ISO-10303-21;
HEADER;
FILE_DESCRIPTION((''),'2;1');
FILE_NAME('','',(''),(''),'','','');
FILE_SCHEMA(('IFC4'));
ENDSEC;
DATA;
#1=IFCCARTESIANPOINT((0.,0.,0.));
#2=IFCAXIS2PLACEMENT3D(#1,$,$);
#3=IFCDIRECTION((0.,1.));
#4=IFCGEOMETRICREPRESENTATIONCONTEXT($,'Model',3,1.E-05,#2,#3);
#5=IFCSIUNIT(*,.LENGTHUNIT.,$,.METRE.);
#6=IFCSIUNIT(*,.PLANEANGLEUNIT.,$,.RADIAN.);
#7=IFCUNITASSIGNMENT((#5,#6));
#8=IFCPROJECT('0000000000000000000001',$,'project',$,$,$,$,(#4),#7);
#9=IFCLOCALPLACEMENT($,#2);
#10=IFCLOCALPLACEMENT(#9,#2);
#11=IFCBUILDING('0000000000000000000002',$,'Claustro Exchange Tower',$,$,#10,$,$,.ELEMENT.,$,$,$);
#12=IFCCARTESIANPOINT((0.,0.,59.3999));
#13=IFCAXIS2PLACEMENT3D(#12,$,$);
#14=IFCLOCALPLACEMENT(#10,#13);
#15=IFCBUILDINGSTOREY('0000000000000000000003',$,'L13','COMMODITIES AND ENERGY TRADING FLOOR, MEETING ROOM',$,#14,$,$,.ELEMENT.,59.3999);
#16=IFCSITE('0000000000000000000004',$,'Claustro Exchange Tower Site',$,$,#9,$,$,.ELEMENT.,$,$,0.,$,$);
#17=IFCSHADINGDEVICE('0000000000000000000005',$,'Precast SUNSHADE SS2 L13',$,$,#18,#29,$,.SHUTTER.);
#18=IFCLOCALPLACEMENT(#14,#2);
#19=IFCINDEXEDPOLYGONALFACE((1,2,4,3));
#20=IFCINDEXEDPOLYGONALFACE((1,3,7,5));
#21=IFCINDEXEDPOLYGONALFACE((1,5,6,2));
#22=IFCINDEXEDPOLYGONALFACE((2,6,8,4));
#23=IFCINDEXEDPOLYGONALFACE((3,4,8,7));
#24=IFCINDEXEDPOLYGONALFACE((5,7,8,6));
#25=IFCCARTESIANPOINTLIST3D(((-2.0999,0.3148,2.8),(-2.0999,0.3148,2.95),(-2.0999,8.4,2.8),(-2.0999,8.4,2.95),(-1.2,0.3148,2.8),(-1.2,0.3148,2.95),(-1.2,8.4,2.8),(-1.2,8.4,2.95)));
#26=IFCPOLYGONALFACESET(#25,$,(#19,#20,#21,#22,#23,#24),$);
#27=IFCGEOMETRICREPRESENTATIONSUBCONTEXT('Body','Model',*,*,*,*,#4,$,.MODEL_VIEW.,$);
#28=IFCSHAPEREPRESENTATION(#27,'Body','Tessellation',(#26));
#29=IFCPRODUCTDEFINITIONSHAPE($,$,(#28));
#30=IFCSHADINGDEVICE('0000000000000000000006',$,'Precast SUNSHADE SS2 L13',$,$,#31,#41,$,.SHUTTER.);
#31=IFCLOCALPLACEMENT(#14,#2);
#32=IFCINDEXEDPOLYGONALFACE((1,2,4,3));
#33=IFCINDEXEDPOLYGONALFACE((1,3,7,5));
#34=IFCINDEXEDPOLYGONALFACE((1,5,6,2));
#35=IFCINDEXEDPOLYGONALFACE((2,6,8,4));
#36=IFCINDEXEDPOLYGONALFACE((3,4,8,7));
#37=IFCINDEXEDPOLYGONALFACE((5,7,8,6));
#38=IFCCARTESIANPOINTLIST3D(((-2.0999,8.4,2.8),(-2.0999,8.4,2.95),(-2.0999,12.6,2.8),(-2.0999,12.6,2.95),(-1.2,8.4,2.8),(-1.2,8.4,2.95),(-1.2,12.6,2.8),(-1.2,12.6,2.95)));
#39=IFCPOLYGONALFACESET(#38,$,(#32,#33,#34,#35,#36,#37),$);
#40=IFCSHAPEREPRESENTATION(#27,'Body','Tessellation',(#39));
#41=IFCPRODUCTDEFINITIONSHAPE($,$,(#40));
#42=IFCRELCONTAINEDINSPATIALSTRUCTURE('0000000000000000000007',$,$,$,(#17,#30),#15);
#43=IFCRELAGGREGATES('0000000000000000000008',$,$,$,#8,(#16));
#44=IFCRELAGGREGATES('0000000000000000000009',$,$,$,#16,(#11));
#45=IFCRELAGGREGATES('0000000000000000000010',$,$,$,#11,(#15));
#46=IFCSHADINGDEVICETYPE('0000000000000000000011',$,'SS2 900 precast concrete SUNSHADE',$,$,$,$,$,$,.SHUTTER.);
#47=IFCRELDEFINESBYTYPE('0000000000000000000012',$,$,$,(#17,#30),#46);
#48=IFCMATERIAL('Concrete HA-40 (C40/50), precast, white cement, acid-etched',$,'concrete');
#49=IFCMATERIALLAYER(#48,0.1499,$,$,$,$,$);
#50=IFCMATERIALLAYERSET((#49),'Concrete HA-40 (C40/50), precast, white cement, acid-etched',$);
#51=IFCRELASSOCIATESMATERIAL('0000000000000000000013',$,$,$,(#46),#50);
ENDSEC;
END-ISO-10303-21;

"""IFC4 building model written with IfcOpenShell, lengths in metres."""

from ifc_helpers import new_model, si_unit, direction, frame, origin, origin_2d, place, context, subcontext, project, spatial, rectangle, extrude, material, layer, layer_set, type_object, element, save


model = new_model("IFC4")

# Units and contexts
model_context = context("Model", 3, precision=1e-05, world=origin(), true_north=direction((0.0, 1.0)))
body_context = subcontext(model_context, "Body", "Model", "MODEL_VIEW")
ifc_project = project(units=[si_unit("LENGTHUNIT", "METRE"), si_unit("PLANEANGLEUNIT", "RADIAN")], contexts=[model_context])

# Site, building, storey
site_placement = place(None, origin())
site = spatial("IfcSite", under=ifc_project, at=site_placement, Name="Claustro Exchange Tower Site", CompositionType="ELEMENT", RefElevation=0.0)
building_placement = place(site_placement, origin())
building = spatial("IfcBuilding", under=site, at=building_placement, Name="Claustro Exchange Tower", CompositionType="ELEMENT")
storey_placement = place(building_placement, frame((0.0, 0.0, 59.3999)))
storey = spatial("IfcBuildingStorey", under=building, at=storey_placement, Name="L13", Description="COMMODITIES AND ENERGY TRADING FLOOR, MEETING ROOM", CompositionType="ELEMENT", Elevation=59.3999)

# Shading devices
ifc_material_1 = material(Name="Concrete HA-40 (C40/50), precast, white cement, acid-etched", Category="concrete")
ifc_layer_1 = layer(ifc_material_1, 0.1499)
ifc_layer_set_1 = layer_set([ifc_layer_1], Name="Concrete HA-40 (C40/50), precast, white cement, acid-etched")
shading_device_type = type_object("IfcShadingDeviceType", Name="SS2 900 precast concrete SUNSHADE", PredefinedType="SHUTTER", material=ifc_layer_set_1)
shading_device_1_placement = place(storey_placement, frame((-1.6499, 4.3574, 2.8), z_axis=(0.0, 0.0, 1.0), x_axis=(0.0, 1.0, 0.0)))
element("IfcShadingDevice", 1, at=shading_device_1_placement, inside=storey, type_object=shading_device_type, Name="Precast SUNSHADE SS2 L13", PredefinedType="SHUTTER", context=body_context, shape_type="SweptSolid", body=[
    extrude(rectangle(XDim=8.0852, YDim=0.8999, at=origin_2d()), origin(), (0.0, 0.0, 1.0), 0.1499),
])
shading_device_2_placement = place(storey_placement, frame((-1.6499, 10.5, 2.8), z_axis=(0.0, 0.0, 1.0), x_axis=(0.0, 1.0, 0.0)))
element("IfcShadingDevice", 2, at=shading_device_2_placement, inside=storey, type_object=shading_device_type, Name="Precast SUNSHADE SS2 L13", PredefinedType="SHUTTER", context=body_context, shape_type="SweptSolid", body=[
    extrude(rectangle(XDim=4.2, YDim=0.8999, at=origin_2d()), origin(), (0.0, 0.0, 1.0), 0.1499),
])

save(model, "model.ifc")
